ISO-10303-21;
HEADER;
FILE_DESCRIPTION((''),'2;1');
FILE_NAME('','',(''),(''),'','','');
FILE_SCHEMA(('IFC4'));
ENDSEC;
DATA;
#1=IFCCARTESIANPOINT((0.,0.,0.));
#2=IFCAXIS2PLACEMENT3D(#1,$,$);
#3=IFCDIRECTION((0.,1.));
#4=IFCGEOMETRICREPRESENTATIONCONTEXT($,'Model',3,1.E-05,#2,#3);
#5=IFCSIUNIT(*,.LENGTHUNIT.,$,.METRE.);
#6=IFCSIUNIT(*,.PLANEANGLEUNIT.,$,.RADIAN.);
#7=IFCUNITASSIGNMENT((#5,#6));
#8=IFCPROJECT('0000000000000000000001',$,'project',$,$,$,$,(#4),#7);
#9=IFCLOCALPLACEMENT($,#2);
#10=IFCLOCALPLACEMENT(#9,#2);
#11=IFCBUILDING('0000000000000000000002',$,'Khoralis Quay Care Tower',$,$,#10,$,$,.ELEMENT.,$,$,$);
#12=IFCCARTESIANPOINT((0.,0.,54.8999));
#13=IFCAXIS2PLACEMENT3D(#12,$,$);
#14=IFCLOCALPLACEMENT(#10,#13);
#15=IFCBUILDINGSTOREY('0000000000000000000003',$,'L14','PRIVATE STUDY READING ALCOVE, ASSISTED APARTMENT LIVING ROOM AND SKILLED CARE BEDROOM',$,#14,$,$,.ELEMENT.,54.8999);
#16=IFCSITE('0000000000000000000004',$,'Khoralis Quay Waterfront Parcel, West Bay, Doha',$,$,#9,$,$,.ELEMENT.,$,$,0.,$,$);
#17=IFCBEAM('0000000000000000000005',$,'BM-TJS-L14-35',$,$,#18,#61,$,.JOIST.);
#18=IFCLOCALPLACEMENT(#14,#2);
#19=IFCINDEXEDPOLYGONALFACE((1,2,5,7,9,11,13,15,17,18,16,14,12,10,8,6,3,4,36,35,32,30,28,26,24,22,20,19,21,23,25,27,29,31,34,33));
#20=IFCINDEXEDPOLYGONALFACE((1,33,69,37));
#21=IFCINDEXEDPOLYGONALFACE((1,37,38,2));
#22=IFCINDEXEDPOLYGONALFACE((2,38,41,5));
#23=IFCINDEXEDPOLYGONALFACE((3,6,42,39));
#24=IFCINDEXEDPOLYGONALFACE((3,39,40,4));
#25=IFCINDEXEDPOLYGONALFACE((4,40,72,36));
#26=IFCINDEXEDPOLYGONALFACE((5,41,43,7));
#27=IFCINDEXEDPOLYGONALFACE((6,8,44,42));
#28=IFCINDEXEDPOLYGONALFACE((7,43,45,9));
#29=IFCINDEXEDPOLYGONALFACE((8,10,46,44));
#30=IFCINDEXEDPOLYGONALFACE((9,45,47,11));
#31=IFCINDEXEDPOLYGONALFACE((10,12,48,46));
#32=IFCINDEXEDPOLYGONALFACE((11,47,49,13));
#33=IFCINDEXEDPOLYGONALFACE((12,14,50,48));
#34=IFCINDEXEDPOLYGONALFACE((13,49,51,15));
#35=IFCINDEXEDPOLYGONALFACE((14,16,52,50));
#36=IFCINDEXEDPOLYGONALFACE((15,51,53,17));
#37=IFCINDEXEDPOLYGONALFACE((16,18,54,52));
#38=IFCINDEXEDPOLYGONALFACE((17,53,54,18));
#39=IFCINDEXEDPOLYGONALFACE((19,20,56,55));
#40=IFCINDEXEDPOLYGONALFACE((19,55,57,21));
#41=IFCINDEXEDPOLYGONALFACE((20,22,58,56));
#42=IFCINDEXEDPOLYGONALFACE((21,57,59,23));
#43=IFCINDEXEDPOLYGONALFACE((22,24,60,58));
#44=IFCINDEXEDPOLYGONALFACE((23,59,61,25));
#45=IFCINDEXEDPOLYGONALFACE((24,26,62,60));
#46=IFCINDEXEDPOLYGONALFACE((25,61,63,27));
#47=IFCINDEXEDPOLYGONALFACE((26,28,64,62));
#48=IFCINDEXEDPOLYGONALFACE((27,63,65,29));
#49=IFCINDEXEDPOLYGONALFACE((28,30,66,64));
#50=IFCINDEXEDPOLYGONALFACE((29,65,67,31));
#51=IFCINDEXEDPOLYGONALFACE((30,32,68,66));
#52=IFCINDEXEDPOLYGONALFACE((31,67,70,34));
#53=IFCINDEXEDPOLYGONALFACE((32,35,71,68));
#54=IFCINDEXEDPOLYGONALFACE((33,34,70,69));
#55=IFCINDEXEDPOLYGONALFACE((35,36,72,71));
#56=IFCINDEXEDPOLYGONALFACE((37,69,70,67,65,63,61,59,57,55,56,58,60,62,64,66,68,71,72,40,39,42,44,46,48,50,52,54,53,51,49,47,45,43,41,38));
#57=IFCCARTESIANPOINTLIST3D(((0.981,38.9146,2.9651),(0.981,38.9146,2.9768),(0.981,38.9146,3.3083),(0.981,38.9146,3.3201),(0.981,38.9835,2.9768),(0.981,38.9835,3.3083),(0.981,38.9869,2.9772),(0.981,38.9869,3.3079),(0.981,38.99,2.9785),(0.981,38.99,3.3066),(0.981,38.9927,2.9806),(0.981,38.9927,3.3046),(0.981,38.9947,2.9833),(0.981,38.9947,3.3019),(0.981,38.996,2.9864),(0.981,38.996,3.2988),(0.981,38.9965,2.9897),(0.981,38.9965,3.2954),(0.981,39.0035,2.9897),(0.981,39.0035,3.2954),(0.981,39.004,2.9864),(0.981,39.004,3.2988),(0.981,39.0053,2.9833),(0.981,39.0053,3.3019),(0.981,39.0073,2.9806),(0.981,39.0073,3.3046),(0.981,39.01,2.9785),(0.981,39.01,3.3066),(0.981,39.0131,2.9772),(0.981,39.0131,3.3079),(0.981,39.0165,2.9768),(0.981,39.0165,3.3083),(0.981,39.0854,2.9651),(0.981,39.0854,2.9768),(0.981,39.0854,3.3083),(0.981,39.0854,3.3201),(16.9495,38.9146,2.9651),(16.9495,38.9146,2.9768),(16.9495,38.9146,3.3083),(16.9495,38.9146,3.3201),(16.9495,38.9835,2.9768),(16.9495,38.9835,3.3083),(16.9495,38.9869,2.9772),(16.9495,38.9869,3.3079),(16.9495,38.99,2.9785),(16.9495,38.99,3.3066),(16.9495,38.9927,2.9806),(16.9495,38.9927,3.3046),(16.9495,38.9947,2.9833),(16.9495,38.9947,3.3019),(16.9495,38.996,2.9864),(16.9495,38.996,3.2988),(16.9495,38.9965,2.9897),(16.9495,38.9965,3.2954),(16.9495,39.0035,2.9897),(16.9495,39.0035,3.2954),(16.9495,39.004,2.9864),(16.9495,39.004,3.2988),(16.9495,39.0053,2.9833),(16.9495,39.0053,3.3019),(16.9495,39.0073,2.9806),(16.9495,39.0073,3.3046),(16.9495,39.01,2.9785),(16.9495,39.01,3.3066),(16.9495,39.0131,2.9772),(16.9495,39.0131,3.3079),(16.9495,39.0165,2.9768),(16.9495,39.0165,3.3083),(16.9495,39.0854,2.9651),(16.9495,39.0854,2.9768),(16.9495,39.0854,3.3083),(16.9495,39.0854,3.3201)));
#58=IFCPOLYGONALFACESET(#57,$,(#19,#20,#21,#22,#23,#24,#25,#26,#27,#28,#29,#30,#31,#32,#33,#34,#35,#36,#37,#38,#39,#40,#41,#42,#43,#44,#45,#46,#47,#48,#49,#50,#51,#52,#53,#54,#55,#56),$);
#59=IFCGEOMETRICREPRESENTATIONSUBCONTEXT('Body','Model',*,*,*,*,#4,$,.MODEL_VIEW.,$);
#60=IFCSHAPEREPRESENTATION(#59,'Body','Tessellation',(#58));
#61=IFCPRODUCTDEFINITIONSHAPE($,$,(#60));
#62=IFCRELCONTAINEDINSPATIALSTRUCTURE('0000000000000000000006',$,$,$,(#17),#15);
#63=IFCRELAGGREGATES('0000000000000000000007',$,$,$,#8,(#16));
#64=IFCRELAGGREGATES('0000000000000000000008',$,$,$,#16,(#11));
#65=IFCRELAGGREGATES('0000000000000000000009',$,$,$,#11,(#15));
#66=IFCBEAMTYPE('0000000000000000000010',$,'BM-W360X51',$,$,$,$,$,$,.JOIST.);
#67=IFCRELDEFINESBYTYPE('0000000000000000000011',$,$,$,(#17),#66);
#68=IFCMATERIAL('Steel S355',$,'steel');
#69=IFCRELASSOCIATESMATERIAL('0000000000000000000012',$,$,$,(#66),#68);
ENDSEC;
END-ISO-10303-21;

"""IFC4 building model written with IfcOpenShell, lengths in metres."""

from ifc_helpers import new_model, si_unit, direction, frame, origin, origin_2d, place, context, subcontext, project, spatial, i_section, extrude, source, transform, mapped, material, material_profile, profile_set, type_object, element, save


model = new_model("IFC4")

# Units and contexts
model_context = context("Model", 3, precision=1e-05, world=origin(), true_north=direction((0.0, 1.0)))
body_context = subcontext(model_context, "Body", "Model", "MODEL_VIEW")
ifc_project = project(units=[si_unit("LENGTHUNIT", "METRE"), si_unit("PLANEANGLEUNIT", "RADIAN")], contexts=[model_context])

# Site, building, storey
site_placement = place(None, origin())
site = spatial("IfcSite", under=ifc_project, at=site_placement, Name="Khoralis Quay Waterfront Parcel, West Bay, Doha", CompositionType="ELEMENT", RefElevation=0.0)
building_placement = place(site_placement, origin())
building = spatial("IfcBuilding", under=site, at=building_placement, Name="Khoralis Quay Care Tower", CompositionType="ELEMENT")
storey_placement = place(building_placement, frame((0.0, 0.0, 54.8999)))
storey = spatial("IfcBuildingStorey", under=building, at=storey_placement, Name="L14", Description="PRIVATE STUDY READING ALCOVE, ASSISTED APARTMENT LIVING ROOM AND SKILLED CARE BEDROOM", CompositionType="ELEMENT", Elevation=54.8999)

# Beam
ifc_material_1 = material(Name="Steel S355", Category="steel")
ifc_material_profile_1 = material_profile(ifc_material_1, i_section(OverallWidth=0.1709, OverallDepth=0.355, WebThickness=0.0071, FlangeThickness=0.0117, FilletRadius=0.0129, at=origin_2d()), Name="Steel S355")
ifc_profile_set_1 = profile_set([ifc_material_profile_1], Name="Steel S355")
beam_type_1 = type_object("IfcBeamType", Name="BM-W360X51", PredefinedType="JOIST", material=ifc_profile_set_1)
shared_shape_1 = source(origin(), body_context, "Body", "SweptSolid", [
    extrude(i_section(OverallWidth=0.1709, OverallDepth=0.355, WebThickness=0.0071, FlangeThickness=0.0117, FilletRadius=0.0129, at=origin_2d()), origin(), (0.0, 0.0, 1.0), 15.9685),
])
for number, where, z_axis, x_axis, name in (
    (1, (0.981, 39.0, 3.1426), (1.0, 0.0, 0.0), (0.0, 1.0, 0.0), "BM-TJS-L14-35"),
):
    element("IfcBeam", number, at=place(storey_placement, frame(where, z_axis=z_axis, x_axis=x_axis)), inside=storey, type_object=beam_type_1, Name=name, PredefinedType="JOIST", context=body_context, shape_type="MappedRepresentation", body=[
        mapped(shared_shape_1, transform((0.0, 0.0, 0.0), scale=1.0)),
    ])

save(model, "model.ifc")
